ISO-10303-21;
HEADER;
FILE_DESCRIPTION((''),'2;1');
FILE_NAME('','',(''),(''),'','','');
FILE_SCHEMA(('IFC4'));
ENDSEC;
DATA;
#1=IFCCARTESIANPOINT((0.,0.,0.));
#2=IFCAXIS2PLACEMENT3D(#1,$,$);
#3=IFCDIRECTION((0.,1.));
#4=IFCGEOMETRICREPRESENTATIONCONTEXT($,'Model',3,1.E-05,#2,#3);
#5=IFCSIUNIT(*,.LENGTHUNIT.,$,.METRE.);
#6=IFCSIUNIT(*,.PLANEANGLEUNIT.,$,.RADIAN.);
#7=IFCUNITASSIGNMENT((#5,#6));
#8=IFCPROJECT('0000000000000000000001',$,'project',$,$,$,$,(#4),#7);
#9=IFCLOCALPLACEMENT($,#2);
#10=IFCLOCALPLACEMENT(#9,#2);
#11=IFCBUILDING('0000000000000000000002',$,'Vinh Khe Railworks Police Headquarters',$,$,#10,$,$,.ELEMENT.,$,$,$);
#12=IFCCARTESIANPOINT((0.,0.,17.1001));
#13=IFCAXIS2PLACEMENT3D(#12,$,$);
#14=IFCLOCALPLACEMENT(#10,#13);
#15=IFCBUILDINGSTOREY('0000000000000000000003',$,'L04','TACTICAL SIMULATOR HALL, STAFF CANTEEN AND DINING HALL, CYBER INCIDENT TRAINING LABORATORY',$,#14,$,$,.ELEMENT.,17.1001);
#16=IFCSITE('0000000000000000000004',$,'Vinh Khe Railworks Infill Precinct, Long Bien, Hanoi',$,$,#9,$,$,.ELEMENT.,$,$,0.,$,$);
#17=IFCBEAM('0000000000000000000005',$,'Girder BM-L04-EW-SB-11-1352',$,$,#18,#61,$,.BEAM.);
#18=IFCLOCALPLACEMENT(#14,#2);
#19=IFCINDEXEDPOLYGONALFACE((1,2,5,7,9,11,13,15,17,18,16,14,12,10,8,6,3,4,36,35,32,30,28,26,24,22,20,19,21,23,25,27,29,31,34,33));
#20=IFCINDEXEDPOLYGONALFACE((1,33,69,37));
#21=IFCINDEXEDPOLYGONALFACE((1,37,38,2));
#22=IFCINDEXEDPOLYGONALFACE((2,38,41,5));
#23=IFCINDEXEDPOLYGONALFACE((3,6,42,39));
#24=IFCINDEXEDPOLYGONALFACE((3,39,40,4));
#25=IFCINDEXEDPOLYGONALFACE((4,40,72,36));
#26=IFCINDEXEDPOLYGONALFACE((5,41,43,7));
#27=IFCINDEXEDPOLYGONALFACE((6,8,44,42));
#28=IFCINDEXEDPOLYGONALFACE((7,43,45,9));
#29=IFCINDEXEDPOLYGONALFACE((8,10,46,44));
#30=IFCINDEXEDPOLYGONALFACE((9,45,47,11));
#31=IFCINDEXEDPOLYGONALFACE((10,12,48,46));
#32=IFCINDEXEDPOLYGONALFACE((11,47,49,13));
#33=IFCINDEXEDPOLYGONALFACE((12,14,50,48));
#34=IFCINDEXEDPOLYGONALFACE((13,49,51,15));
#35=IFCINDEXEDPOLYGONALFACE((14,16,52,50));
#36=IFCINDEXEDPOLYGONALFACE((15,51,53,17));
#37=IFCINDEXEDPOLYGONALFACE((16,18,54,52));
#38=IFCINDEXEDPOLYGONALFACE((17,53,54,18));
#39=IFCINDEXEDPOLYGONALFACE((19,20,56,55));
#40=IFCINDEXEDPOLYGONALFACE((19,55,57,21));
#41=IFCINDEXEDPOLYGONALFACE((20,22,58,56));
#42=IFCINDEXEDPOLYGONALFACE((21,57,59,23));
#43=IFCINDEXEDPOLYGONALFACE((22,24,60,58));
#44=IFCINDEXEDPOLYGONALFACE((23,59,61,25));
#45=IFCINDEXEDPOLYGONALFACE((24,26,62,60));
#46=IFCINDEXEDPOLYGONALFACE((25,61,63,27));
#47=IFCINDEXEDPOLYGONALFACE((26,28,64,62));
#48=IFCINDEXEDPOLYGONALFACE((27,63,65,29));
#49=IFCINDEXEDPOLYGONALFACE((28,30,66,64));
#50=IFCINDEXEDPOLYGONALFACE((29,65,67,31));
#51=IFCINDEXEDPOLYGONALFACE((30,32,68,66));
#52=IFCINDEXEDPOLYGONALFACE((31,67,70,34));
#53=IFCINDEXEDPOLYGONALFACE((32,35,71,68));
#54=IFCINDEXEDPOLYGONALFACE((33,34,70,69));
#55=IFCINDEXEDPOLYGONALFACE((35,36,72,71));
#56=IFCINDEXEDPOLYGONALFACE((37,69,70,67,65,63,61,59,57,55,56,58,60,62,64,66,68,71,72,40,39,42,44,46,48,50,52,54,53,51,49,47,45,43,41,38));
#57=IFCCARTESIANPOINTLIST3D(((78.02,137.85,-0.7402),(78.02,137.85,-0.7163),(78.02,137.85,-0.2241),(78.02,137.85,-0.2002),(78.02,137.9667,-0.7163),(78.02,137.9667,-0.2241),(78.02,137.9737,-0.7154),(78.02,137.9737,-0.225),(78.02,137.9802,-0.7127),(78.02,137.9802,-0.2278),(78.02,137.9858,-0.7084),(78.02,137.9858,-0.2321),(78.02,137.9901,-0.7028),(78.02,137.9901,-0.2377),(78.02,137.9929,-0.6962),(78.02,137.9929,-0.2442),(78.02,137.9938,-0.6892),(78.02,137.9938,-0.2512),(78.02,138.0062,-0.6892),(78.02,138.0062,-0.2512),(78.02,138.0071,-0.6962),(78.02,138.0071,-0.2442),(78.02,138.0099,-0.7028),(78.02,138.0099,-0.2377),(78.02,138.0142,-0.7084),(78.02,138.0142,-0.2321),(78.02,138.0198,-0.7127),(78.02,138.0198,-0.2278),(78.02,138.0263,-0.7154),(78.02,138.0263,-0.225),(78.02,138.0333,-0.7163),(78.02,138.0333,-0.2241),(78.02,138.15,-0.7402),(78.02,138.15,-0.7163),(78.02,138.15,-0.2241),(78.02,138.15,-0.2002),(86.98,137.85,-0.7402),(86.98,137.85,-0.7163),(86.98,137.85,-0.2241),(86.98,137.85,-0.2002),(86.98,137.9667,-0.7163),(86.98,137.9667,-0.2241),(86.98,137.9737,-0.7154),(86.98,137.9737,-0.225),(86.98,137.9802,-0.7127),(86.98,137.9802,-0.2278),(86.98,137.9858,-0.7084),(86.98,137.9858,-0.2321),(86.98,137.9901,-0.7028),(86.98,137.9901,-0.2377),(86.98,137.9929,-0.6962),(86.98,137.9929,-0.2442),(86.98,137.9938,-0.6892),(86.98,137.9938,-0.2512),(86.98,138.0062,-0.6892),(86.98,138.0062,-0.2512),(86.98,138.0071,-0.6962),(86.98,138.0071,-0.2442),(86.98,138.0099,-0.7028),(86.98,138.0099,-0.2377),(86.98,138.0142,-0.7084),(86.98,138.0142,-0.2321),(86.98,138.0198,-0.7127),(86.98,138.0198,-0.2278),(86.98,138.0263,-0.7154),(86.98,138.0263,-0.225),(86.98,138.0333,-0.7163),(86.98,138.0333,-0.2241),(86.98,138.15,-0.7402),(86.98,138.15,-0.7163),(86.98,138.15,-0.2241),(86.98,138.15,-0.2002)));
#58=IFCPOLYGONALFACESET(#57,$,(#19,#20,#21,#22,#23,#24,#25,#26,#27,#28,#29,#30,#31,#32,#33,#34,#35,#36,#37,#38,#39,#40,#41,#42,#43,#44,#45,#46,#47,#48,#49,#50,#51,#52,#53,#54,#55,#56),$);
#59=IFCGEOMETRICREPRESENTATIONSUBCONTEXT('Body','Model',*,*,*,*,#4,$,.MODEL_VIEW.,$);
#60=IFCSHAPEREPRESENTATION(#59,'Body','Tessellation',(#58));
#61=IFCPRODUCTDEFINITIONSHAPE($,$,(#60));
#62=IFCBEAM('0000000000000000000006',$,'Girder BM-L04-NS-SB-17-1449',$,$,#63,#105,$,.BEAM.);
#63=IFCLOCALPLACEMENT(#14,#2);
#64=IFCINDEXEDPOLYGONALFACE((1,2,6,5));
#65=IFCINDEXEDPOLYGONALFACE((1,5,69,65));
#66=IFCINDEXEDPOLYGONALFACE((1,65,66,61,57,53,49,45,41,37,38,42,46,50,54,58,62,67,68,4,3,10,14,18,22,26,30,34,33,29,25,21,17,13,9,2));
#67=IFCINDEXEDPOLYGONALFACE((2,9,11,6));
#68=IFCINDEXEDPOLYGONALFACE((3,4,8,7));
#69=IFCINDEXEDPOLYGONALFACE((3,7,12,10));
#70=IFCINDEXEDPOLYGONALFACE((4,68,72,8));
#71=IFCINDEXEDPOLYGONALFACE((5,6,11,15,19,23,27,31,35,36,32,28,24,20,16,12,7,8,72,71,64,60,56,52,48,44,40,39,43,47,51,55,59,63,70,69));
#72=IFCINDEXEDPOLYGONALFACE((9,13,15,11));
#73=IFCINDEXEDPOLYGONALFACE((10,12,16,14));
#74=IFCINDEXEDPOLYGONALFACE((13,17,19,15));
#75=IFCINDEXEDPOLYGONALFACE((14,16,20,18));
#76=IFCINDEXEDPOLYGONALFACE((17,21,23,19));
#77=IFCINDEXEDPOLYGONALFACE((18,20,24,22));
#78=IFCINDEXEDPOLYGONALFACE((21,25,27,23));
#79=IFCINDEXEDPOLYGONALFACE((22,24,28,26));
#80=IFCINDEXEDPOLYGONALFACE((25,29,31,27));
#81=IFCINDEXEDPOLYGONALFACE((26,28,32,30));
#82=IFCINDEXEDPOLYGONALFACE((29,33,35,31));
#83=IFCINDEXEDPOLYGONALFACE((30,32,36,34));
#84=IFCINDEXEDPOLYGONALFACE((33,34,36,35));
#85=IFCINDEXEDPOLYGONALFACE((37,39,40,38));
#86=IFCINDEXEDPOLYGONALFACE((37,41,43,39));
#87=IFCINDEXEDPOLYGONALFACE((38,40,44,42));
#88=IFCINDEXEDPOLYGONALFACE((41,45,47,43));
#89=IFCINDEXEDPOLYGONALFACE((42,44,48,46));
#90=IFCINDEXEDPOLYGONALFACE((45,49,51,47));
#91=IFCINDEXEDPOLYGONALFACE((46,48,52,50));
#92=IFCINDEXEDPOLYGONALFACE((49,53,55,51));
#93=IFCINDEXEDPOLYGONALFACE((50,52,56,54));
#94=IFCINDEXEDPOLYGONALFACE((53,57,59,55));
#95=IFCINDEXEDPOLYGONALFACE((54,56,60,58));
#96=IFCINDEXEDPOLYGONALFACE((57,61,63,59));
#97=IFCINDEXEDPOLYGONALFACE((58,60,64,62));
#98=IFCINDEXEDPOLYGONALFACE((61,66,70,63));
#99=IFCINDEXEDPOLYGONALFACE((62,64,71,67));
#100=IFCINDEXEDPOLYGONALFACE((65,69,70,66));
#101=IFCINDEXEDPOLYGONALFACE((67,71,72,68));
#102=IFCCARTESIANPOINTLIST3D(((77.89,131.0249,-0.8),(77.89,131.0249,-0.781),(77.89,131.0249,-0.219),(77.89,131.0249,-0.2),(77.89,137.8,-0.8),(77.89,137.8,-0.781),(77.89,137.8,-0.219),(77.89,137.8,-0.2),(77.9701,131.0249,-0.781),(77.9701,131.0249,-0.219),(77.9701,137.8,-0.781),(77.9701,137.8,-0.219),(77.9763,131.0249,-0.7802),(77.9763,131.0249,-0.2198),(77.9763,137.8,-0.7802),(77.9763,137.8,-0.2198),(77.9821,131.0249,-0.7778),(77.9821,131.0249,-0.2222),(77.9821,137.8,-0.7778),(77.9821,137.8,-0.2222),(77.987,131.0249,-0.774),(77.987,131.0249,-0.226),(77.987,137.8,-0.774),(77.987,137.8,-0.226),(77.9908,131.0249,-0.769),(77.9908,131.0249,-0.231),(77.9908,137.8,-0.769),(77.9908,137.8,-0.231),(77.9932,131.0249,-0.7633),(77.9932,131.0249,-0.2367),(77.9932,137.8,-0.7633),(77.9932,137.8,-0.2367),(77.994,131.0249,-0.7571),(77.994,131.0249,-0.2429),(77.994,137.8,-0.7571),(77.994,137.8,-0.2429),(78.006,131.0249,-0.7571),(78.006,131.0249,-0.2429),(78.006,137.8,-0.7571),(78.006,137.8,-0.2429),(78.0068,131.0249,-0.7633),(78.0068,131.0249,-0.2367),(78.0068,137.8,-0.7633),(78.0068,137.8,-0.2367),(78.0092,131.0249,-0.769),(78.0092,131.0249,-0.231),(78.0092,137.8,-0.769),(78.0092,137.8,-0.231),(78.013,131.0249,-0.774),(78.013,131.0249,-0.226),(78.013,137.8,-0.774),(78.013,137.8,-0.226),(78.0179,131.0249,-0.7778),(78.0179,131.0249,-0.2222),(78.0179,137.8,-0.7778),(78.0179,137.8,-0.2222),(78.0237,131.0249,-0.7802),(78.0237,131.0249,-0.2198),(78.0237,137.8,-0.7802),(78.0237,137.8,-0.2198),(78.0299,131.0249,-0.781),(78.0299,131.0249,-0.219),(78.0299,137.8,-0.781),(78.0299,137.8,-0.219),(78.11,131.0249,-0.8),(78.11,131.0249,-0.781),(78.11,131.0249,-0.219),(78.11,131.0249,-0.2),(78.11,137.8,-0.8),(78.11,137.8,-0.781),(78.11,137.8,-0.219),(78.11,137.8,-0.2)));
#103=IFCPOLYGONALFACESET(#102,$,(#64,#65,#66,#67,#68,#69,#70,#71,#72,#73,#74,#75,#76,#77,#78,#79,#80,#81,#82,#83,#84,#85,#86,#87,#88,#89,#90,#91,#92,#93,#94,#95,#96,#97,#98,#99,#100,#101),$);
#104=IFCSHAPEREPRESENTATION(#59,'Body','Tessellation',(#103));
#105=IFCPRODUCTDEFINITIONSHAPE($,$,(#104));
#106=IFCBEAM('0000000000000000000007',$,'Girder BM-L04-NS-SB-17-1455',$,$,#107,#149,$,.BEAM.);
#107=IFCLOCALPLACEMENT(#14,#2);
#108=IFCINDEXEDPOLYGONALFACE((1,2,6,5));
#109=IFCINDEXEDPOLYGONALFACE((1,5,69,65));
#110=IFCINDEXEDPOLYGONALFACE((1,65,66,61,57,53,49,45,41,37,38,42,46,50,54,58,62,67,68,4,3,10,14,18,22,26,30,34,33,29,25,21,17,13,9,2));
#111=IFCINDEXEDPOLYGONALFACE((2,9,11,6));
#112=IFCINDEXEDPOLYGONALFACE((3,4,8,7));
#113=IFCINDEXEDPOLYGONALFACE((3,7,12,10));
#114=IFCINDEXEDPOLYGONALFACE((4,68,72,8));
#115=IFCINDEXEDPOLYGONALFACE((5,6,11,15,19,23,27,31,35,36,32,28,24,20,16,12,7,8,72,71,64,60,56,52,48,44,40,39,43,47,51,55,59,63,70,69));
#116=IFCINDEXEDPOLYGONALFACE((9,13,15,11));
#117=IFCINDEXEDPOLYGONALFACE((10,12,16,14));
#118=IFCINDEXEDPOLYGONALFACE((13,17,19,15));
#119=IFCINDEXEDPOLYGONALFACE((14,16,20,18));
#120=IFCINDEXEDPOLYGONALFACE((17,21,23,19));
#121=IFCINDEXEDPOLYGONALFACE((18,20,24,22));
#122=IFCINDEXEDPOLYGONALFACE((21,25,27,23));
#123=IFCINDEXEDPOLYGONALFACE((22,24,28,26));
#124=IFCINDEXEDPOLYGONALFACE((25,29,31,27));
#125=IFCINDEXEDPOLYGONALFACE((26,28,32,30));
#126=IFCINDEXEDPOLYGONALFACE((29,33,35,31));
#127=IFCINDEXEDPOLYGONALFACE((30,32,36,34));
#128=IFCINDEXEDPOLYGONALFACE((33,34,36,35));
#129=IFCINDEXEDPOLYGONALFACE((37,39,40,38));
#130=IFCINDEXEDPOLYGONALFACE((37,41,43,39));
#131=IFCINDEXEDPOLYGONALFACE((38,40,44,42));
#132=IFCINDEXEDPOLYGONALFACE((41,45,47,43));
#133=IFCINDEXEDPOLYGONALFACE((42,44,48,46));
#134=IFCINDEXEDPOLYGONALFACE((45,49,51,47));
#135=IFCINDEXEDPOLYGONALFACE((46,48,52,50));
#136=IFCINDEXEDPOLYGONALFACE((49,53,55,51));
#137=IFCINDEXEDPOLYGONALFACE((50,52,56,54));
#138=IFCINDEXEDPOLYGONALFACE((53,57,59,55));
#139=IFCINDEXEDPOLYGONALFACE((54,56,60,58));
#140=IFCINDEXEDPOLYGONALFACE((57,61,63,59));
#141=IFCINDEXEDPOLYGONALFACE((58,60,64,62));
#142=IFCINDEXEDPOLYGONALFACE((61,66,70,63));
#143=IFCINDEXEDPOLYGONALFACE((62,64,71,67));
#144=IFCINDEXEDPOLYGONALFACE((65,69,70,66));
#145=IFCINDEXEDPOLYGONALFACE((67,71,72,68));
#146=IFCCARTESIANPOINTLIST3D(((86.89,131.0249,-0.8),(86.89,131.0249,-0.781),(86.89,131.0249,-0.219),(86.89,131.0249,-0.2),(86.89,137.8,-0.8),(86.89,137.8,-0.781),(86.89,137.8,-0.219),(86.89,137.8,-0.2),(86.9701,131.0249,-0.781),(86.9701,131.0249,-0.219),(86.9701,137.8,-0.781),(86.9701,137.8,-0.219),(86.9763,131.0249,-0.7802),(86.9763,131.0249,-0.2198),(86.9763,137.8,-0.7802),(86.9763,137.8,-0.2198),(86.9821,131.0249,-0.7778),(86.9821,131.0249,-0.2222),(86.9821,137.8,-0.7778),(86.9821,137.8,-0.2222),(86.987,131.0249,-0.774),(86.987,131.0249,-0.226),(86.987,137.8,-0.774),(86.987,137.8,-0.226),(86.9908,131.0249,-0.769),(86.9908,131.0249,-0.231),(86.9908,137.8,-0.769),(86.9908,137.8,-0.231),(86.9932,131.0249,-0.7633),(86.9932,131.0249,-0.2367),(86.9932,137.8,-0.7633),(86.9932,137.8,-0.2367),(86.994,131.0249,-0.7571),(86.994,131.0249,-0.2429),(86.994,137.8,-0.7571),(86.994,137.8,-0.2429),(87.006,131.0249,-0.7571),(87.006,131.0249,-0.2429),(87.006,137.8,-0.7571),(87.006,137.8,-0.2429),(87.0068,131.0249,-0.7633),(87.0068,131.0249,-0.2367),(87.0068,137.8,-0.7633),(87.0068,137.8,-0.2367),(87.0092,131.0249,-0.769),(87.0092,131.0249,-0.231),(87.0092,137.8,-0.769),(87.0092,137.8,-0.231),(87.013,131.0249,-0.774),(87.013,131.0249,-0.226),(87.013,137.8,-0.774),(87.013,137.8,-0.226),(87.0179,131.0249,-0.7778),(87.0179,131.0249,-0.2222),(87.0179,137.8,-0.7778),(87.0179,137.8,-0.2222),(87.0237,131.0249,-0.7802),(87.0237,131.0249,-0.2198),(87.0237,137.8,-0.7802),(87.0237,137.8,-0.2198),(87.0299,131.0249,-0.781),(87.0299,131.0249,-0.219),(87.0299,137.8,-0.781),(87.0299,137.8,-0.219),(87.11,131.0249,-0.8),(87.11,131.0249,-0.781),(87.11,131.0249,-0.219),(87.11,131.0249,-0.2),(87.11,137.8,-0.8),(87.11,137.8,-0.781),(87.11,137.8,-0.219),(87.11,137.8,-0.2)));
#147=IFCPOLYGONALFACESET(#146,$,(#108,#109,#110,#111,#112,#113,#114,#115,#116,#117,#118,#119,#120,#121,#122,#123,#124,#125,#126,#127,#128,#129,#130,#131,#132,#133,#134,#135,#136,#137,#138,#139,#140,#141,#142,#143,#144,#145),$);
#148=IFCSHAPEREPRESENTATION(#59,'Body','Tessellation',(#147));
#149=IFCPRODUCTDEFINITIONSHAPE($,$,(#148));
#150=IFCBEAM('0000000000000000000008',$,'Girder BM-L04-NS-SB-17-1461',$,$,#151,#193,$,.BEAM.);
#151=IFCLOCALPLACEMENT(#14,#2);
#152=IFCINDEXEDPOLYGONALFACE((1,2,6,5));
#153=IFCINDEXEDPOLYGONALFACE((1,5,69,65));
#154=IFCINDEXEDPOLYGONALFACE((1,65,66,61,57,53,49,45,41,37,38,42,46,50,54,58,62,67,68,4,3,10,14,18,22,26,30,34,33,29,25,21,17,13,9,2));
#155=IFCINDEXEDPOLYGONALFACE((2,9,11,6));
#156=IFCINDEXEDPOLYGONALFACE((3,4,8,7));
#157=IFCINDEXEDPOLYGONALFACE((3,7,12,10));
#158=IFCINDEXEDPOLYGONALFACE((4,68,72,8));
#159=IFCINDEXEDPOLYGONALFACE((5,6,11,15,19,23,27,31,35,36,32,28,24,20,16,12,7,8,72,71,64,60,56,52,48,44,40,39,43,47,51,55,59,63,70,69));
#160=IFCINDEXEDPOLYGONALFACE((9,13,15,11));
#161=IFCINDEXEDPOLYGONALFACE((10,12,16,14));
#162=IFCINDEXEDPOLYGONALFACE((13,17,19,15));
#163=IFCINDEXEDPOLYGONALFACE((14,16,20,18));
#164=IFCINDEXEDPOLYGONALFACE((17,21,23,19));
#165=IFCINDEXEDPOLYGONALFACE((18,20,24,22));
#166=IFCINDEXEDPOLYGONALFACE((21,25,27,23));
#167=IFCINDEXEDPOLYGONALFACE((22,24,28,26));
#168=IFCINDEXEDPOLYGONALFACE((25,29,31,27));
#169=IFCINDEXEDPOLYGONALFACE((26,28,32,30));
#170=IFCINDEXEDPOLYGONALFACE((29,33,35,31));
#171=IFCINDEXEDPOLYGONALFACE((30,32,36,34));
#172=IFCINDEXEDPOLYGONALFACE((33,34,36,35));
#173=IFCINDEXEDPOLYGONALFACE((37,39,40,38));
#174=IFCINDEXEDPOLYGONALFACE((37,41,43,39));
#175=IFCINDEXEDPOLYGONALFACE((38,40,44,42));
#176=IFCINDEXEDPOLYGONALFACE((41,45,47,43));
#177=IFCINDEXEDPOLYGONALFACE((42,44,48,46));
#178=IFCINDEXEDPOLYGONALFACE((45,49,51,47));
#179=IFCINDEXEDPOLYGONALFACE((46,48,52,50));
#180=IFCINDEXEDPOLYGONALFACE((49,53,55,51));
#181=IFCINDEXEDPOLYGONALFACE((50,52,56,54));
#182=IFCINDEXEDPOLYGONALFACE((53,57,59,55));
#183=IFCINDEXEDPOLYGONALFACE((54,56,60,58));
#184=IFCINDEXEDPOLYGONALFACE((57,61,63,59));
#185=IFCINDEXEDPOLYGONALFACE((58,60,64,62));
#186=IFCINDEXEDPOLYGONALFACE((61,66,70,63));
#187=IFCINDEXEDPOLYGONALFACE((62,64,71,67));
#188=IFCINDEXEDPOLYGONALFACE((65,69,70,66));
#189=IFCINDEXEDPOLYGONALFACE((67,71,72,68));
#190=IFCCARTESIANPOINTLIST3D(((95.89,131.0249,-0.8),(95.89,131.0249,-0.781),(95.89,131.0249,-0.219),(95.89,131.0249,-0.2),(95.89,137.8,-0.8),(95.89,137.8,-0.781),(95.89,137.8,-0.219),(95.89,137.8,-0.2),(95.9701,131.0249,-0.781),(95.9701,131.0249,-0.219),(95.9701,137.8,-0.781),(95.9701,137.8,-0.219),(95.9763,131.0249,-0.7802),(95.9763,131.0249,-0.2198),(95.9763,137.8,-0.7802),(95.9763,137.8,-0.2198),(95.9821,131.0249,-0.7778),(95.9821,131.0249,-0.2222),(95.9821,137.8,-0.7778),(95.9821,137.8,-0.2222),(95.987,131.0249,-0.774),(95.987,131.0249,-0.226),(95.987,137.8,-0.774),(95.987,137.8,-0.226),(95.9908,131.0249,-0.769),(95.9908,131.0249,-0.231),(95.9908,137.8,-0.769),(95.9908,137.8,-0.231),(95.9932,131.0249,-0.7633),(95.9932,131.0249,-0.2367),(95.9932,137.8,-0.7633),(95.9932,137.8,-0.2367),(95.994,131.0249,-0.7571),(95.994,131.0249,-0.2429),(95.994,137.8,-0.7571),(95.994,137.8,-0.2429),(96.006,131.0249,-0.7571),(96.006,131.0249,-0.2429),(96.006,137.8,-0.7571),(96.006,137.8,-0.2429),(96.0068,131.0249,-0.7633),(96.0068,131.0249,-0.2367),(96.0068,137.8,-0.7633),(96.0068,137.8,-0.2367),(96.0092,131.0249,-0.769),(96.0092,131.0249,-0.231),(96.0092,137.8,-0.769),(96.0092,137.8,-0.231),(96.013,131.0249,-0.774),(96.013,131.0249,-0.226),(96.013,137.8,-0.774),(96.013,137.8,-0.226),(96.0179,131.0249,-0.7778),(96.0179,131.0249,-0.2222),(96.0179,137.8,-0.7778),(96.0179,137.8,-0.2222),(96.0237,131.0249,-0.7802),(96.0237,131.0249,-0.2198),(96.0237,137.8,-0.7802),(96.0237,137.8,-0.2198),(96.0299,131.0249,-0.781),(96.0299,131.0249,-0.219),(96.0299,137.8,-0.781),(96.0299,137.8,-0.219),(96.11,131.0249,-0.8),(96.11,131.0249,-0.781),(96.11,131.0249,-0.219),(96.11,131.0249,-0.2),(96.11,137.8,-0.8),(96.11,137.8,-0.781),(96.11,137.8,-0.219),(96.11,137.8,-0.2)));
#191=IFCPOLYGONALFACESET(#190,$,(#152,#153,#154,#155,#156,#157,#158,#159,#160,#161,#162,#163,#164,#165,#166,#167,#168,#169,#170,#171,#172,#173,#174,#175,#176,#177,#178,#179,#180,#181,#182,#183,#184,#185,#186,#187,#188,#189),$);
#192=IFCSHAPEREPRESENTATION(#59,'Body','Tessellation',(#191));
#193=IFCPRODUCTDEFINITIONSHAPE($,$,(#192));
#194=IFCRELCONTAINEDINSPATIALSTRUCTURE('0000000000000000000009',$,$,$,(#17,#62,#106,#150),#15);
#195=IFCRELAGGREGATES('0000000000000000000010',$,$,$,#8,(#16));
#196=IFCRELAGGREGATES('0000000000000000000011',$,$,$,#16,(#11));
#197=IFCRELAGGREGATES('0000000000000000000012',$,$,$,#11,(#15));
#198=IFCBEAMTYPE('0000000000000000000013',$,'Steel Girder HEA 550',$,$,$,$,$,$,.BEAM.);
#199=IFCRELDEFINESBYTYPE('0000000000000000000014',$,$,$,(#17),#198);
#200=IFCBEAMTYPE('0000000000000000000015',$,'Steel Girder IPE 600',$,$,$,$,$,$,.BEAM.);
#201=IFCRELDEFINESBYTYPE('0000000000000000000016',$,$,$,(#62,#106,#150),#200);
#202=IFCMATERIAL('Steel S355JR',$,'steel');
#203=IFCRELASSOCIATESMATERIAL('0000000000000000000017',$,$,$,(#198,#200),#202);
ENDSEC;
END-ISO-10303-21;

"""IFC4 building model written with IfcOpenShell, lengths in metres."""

from ifc_helpers import new_model, si_unit, direction, frame, origin, origin_2d, place, context, subcontext, project, spatial, i_section, extrude, material, material_profile, profile_set, type_object, element, save


model = new_model("IFC4")

# Units and contexts
model_context = context("Model", 3, precision=1e-05, world=origin(), true_north=direction((0.0, 1.0)))
body_context = subcontext(model_context, "Body", "Model", "MODEL_VIEW")
ifc_project = project(units=[si_unit("LENGTHUNIT", "METRE"), si_unit("PLANEANGLEUNIT", "RADIAN")], contexts=[model_context])

# Site, building, storey
site_placement = place(None, origin())
site = spatial("IfcSite", under=ifc_project, at=site_placement, Name="Vinh Khe Railworks Infill Precinct, Long Bien, Hanoi", CompositionType="ELEMENT", RefElevation=0.0)
building_placement = place(site_placement, origin())
building = spatial("IfcBuilding", under=site, at=building_placement, Name="Vinh Khe Railworks Police Headquarters", CompositionType="ELEMENT")
storey_placement = place(building_placement, frame((0.0, 0.0, 17.1001)))
storey = spatial("IfcBuildingStorey", under=building, at=storey_placement, Name="L04", Description="TACTICAL SIMULATOR HALL, STAFF CANTEEN AND DINING HALL, CYBER INCIDENT TRAINING LABORATORY", CompositionType="ELEMENT", Elevation=17.1001)

# Shared definitions
ifc_material_1 = material(Name="Steel S355JR", Category="steel")

# Beams
ifc_material_profile_1 = material_profile(ifc_material_1, i_section(OverallWidth=0.3, OverallDepth=0.54, WebThickness=0.0125, FlangeThickness=0.0239, FilletRadius=0.0271, at=origin_2d()), Name="HEA 550")
ifc_profile_set_1 = profile_set([ifc_material_profile_1], Name="Steel S355JR")
beam_type_1 = type_object("IfcBeamType", Name="Steel Girder HEA 550", PredefinedType="BEAM", material=ifc_profile_set_1)
beam_1_placement = place(storey_placement, frame((78.02, 138.0, -0.4702), z_axis=(1.0, 0.0, 0.0), x_axis=(0.0, 1.0, 0.0)))
element("IfcBeam", 1, at=beam_1_placement, inside=storey, type_object=beam_type_1, Name="Girder BM-L04-EW-SB-11-1352", PredefinedType="BEAM", context=body_context, shape_type="SweptSolid", body=[
    extrude(i_section(OverallWidth=0.3, OverallDepth=0.54, WebThickness=0.0125, FlangeThickness=0.0239, FilletRadius=0.0271, at=origin_2d()), origin(), (0.0, 0.0, 1.0), 8.96),
])
ifc_material_profile_2 = material_profile(ifc_material_1, i_section(OverallWidth=0.22, OverallDepth=0.6001, WebThickness=0.012, FlangeThickness=0.019, FilletRadius=0.0239, at=origin_2d()), Name="IPE 600")
ifc_profile_set_2 = profile_set([ifc_material_profile_2], Name="Steel S355JR")
beam_type_2 = type_object("IfcBeamType", Name="Steel Girder IPE 600", PredefinedType="BEAM", material=ifc_profile_set_2)
for number, where, z_axis, x_axis, name in (
    (2, (78.0, 131.0249, -0.5), (0.0, 1.0, 0.0), (-1.0, 0.0, 0.0), "Girder BM-L04-NS-SB-17-1449"),
    (3, (87.0, 131.0249, -0.5), (0.0, 1.0, 0.0), (-1.0, 0.0, 0.0), "Girder BM-L04-NS-SB-17-1455"),
    (4, (96.0, 131.0249, -0.5), (0.0, 1.0, 0.0), (-1.0, 0.0, 0.0), "Girder BM-L04-NS-SB-17-1461"),
):
    element("IfcBeam", number, at=place(storey_placement, frame(where, z_axis=z_axis, x_axis=x_axis)), inside=storey, type_object=beam_type_2, Name=name, PredefinedType="BEAM", context=body_context, shape_type="SweptSolid", body=[
        extrude(i_section(OverallWidth=0.22, OverallDepth=0.6001, WebThickness=0.012, FlangeThickness=0.019, FilletRadius=0.0239, at=origin_2d()), origin(), (0.0, 0.0, 1.0), 6.7751),
    ])

save(model, "model.ifc")
